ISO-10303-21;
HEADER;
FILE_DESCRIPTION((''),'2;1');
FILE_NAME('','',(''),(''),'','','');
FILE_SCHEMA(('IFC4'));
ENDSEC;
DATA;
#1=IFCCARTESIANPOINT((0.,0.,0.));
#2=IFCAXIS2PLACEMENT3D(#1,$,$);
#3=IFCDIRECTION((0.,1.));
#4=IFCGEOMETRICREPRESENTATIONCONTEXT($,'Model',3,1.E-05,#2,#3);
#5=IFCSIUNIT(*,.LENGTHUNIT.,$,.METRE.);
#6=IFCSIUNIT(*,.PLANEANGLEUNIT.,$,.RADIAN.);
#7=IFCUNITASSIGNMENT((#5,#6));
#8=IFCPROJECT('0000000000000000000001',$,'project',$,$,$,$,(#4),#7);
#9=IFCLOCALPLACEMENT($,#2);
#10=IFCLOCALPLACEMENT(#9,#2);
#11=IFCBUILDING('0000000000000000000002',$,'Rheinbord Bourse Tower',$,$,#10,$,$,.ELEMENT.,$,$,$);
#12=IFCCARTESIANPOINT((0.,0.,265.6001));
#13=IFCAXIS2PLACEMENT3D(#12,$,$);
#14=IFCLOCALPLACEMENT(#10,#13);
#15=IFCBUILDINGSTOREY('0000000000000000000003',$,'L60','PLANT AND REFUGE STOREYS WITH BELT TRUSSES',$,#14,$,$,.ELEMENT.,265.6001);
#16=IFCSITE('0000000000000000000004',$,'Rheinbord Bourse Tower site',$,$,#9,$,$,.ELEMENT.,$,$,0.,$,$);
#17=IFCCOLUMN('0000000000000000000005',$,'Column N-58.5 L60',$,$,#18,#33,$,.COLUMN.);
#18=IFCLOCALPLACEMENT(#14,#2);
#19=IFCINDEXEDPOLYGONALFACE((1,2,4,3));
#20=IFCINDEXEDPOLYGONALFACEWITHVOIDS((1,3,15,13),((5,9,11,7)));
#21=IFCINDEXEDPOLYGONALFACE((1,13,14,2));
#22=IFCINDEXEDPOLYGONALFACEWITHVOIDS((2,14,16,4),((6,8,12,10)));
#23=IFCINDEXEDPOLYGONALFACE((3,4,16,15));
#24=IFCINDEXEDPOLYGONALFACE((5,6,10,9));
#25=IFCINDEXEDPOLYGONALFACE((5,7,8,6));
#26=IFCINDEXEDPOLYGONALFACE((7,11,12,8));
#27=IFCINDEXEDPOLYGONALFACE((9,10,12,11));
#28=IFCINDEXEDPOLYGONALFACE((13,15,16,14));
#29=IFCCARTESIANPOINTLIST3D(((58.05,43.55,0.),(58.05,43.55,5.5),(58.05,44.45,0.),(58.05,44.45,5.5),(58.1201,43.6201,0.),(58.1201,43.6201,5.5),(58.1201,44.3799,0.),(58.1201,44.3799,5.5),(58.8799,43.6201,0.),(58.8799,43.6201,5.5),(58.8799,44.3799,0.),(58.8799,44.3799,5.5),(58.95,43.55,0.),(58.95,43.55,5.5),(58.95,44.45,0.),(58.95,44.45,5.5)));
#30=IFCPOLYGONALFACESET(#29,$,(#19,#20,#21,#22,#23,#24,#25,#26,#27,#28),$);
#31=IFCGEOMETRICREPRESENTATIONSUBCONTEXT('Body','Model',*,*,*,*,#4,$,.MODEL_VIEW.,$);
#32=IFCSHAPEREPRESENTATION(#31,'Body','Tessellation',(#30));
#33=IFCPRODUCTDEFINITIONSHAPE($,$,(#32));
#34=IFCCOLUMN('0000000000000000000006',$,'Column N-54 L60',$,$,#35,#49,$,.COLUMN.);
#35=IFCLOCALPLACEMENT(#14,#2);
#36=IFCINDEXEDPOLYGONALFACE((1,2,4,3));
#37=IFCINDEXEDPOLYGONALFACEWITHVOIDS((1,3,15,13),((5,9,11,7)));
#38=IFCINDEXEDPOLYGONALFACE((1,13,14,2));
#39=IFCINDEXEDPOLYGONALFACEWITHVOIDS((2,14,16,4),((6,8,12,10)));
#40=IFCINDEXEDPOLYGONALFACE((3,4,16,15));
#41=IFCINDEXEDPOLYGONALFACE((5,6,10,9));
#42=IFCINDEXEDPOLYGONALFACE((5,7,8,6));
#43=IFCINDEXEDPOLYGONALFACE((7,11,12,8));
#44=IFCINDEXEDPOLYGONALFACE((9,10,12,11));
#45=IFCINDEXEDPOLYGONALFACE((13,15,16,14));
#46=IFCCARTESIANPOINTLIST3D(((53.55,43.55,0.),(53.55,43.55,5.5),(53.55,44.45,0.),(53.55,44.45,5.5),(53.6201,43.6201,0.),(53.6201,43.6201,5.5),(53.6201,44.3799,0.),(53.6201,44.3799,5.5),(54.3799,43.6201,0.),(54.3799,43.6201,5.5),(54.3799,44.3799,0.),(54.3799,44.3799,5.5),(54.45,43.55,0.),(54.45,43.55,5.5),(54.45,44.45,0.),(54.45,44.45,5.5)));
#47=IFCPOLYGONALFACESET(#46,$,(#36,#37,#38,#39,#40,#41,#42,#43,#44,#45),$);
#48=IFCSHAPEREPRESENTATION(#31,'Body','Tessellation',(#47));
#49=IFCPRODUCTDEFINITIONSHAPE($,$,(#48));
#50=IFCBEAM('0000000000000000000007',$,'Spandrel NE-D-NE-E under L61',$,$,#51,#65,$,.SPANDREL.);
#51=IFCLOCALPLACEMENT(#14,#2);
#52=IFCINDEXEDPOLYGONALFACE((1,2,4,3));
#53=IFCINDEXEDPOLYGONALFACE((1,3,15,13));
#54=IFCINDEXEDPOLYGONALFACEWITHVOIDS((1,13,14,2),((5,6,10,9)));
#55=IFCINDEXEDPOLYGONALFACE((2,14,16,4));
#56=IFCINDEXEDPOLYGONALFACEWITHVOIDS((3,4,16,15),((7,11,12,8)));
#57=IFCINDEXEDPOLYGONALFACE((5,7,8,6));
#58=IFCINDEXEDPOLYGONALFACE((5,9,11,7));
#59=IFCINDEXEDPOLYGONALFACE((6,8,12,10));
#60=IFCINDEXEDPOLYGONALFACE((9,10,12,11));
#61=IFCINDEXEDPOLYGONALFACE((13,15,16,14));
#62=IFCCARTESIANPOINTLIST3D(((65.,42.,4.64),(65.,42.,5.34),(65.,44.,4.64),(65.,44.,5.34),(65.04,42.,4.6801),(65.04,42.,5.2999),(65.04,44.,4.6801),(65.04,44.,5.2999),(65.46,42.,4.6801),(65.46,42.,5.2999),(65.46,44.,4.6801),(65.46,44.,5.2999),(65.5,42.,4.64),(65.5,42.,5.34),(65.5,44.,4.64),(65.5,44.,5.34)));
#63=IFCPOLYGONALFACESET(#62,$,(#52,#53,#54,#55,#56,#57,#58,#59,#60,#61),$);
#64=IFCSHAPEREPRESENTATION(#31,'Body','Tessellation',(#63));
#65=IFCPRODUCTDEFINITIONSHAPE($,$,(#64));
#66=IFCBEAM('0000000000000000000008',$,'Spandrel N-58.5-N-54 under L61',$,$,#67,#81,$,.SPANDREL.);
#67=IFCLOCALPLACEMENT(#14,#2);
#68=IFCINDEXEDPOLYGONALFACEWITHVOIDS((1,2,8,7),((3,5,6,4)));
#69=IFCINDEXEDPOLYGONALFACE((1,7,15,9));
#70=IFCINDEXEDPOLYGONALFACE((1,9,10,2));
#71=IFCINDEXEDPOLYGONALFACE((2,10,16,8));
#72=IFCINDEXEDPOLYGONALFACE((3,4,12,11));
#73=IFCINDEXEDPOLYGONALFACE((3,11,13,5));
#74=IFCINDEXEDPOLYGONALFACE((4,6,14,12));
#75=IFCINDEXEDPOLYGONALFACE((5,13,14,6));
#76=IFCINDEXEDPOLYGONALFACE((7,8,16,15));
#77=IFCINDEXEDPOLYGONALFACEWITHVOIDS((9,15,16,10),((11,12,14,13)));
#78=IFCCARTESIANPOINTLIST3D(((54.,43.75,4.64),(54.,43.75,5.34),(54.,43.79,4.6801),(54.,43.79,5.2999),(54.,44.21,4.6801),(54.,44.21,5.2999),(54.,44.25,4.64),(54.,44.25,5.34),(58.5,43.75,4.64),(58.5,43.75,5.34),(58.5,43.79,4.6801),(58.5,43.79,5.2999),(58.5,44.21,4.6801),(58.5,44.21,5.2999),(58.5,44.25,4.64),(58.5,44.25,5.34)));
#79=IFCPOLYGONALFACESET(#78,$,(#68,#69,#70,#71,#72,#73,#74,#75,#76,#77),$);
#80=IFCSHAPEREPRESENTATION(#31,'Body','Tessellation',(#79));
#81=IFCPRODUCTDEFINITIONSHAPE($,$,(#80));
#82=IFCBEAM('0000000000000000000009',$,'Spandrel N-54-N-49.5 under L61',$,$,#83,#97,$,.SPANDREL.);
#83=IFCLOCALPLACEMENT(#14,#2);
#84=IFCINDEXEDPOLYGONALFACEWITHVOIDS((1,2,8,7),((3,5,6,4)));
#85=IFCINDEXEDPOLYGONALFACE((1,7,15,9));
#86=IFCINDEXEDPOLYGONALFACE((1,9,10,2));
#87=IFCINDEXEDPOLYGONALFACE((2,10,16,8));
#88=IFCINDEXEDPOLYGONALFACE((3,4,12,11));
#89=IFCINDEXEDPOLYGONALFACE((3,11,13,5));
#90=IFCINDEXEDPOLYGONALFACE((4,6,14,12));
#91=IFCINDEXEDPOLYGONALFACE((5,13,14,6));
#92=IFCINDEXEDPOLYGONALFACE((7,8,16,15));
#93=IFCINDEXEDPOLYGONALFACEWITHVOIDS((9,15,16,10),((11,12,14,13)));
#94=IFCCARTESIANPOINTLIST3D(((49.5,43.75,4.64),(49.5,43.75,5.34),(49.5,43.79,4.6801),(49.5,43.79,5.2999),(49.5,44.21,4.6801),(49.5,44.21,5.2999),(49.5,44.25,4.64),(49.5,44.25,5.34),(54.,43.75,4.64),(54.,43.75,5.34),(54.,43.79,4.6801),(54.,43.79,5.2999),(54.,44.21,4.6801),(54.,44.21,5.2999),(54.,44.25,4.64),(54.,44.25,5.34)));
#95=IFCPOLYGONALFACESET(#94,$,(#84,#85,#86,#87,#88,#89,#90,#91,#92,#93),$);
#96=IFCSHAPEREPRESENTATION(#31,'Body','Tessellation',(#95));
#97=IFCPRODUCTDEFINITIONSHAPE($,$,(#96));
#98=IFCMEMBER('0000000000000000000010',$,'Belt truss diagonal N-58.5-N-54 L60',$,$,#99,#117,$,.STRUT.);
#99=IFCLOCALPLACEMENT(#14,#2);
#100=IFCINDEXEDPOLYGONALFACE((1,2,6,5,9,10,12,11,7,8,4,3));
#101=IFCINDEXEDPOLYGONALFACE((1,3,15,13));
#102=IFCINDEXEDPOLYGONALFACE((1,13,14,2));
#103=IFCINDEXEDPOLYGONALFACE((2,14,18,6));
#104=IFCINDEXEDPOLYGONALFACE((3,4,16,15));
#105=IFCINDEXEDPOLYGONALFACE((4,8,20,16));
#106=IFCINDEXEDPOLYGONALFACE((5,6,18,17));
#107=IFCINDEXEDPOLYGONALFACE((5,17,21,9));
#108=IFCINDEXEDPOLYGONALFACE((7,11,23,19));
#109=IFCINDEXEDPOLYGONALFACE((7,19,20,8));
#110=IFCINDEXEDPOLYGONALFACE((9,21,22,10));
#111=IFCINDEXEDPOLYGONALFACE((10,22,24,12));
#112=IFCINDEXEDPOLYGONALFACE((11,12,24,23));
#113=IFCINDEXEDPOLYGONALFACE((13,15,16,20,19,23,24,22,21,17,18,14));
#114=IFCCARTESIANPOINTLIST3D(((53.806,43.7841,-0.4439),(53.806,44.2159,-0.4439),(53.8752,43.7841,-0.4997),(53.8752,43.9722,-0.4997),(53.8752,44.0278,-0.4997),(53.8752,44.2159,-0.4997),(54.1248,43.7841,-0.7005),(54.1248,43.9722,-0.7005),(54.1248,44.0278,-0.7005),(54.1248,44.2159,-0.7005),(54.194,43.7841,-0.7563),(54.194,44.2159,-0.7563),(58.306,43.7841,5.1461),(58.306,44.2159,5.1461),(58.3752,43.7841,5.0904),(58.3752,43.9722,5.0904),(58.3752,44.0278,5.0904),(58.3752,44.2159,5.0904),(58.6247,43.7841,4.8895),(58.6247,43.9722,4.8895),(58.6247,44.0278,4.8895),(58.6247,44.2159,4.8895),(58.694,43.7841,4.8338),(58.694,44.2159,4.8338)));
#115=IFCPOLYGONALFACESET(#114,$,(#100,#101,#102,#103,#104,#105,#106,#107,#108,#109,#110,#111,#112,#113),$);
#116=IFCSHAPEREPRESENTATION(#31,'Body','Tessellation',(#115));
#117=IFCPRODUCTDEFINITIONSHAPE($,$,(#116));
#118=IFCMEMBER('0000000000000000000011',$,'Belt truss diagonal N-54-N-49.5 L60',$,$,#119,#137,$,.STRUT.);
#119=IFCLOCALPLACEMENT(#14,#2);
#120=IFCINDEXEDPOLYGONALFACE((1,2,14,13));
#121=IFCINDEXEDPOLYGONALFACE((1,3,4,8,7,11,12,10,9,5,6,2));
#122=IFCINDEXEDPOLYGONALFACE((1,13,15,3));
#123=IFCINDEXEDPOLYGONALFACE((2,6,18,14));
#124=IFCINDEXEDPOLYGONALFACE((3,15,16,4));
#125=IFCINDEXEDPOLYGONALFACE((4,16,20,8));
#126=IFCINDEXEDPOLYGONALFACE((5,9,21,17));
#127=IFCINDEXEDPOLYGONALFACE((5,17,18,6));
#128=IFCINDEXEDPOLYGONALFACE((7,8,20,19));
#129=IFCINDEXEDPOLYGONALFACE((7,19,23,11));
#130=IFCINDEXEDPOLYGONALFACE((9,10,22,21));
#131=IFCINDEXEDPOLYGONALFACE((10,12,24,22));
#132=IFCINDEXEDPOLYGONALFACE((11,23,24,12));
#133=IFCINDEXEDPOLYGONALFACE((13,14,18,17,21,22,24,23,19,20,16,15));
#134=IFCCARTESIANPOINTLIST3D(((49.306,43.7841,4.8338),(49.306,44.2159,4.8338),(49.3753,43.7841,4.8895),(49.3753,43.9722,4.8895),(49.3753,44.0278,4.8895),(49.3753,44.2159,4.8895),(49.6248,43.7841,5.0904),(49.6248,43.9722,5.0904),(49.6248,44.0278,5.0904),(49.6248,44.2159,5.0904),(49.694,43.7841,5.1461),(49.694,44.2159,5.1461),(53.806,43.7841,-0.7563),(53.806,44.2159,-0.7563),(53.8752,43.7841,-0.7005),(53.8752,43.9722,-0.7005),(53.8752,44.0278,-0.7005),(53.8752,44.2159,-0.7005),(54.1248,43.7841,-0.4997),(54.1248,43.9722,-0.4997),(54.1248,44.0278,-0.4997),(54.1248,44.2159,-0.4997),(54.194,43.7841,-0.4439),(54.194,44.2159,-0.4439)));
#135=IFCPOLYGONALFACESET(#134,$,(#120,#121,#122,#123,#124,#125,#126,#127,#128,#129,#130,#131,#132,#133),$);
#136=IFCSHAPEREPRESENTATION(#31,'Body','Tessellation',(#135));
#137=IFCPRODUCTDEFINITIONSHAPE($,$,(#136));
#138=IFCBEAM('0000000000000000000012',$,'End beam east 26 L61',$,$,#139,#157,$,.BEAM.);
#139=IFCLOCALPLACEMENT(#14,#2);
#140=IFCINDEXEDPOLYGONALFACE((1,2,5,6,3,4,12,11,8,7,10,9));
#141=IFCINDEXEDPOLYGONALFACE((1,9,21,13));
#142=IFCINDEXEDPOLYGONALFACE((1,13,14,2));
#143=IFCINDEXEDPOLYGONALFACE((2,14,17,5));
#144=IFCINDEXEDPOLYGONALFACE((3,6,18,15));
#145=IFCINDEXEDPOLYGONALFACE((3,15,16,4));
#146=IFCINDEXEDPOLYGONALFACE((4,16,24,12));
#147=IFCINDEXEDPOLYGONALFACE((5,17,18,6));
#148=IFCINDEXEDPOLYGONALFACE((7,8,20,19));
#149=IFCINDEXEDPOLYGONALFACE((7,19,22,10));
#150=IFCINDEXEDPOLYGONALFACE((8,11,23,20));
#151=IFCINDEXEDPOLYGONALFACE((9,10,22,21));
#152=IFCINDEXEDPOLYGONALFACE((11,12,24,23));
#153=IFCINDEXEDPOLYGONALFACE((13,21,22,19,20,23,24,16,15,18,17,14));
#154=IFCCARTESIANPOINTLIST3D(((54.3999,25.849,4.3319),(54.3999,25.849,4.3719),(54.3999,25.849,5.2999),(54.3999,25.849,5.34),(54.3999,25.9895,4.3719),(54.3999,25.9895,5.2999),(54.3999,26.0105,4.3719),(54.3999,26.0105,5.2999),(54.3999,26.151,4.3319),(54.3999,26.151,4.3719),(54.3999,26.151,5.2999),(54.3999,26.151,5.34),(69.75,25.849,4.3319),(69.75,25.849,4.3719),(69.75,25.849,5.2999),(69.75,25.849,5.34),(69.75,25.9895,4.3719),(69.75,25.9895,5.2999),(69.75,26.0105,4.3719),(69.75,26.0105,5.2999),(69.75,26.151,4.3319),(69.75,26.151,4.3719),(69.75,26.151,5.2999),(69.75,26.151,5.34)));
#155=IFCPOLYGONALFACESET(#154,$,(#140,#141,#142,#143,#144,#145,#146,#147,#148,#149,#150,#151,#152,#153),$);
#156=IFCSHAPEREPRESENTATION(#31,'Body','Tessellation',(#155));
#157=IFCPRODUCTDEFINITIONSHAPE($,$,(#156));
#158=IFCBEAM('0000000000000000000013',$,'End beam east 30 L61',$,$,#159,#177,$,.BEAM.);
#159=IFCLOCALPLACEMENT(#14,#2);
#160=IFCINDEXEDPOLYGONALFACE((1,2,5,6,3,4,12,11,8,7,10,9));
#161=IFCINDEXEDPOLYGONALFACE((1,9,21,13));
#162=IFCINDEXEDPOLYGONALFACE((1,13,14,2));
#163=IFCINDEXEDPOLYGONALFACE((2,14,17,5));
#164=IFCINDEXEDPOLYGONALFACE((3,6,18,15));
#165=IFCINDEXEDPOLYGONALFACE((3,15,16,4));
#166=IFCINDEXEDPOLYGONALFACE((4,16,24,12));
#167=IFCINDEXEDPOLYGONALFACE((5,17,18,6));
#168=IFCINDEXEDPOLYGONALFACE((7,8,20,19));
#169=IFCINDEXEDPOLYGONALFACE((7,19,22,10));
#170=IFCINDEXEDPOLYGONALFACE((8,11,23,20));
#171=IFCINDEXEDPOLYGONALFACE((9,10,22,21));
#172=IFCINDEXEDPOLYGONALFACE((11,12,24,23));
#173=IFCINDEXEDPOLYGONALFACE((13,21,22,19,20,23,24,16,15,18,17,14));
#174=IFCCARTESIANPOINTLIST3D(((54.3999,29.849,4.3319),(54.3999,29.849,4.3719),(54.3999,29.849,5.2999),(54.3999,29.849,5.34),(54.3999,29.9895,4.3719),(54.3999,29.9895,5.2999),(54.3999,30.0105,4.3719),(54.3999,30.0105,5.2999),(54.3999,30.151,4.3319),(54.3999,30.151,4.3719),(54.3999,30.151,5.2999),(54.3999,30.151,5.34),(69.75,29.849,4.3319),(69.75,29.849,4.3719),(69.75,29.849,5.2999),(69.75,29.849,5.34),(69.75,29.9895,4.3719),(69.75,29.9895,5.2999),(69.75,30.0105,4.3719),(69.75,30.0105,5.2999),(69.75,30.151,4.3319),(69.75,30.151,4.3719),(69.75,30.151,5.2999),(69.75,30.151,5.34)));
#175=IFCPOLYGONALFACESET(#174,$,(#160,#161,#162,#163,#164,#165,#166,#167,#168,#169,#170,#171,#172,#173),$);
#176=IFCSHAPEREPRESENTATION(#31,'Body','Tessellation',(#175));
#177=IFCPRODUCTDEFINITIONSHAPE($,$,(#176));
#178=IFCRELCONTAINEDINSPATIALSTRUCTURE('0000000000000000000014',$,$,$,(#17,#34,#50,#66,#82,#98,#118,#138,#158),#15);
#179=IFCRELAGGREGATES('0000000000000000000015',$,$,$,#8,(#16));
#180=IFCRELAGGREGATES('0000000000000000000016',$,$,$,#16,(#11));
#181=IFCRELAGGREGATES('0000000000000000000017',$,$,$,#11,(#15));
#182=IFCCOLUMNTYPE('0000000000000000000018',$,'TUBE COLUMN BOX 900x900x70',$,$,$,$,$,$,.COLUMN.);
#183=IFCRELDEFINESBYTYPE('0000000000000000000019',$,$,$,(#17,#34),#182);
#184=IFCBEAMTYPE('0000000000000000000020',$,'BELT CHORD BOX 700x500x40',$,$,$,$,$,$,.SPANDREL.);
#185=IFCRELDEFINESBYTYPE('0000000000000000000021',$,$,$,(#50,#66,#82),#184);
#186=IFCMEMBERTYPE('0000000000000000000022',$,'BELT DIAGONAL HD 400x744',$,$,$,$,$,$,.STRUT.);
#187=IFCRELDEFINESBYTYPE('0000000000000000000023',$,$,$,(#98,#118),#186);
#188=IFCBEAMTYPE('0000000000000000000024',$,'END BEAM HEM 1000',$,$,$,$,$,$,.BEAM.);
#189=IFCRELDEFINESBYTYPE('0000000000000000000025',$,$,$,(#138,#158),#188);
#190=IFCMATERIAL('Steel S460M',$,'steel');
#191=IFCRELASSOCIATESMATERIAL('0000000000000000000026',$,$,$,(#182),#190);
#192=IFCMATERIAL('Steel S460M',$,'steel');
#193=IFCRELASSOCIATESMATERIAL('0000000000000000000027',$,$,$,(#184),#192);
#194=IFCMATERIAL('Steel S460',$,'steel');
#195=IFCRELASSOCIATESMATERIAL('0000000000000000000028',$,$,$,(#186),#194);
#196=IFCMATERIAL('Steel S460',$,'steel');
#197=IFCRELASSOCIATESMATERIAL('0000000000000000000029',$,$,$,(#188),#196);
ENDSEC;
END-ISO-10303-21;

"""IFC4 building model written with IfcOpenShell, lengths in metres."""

from ifc_helpers import new_model, si_unit, direction, frame, origin, origin_2d, place, context, subcontext, project, spatial, hollow_rectangle, i_section, extrude, material, material_profile, profile_set, type_object, element, save


model = new_model("IFC4")

# Units and contexts
model_context = context("Model", 3, precision=1e-05, world=origin(), true_north=direction((0.0, 1.0)))
body_context = subcontext(model_context, "Body", "Model", "MODEL_VIEW")
ifc_project = project(units=[si_unit("LENGTHUNIT", "METRE"), si_unit("PLANEANGLEUNIT", "RADIAN")], contexts=[model_context])

# Site, building, storey
site_placement = place(None, origin())
site = spatial("IfcSite", under=ifc_project, at=site_placement, Name="Rheinbord Bourse Tower site", CompositionType="ELEMENT", RefElevation=0.0)
building_placement = place(site_placement, origin())
building = spatial("IfcBuilding", under=site, at=building_placement, Name="Rheinbord Bourse Tower", CompositionType="ELEMENT")
storey_placement = place(building_placement, frame((0.0, 0.0, 265.6001)))
storey = spatial("IfcBuildingStorey", under=building, at=storey_placement, Name="L60", Description="PLANT AND REFUGE STOREYS WITH BELT TRUSSES", CompositionType="ELEMENT", Elevation=265.6001)

# Columns
ifc_material_1 = material(Name="Steel S460M", Category="steel")
ifc_material_profile_1 = material_profile(ifc_material_1, hollow_rectangle(XDim=0.8999, YDim=0.8999, WallThickness=0.0701, at=origin_2d()), Name="BOX 900x900x70")
ifc_profile_set_1 = profile_set([ifc_material_profile_1], Name="Steel S460M")
column_type = type_object("IfcColumnType", Name="TUBE COLUMN BOX 900x900x70", PredefinedType="COLUMN", material=ifc_profile_set_1)
for number, where, z_axis, x_axis, name in (
    (1, (58.5, 44.0, 0.0), (0.0, 0.0, 1.0), (0.0, 1.0, 0.0), "Column N-58.5 L60"),
    (2, (54.0, 44.0, 0.0), (0.0, 0.0, 1.0), (0.0, 1.0, 0.0), "Column N-54 L60"),
):
    element("IfcColumn", number, at=place(storey_placement, frame(where, z_axis=z_axis, x_axis=x_axis)), inside=storey, type_object=column_type, Name=name, PredefinedType="COLUMN", context=body_context, shape_type="SweptSolid", body=[
        extrude(hollow_rectangle(XDim=0.8999, YDim=0.8999, WallThickness=0.0701, at=origin_2d()), origin(), (0.0, 0.0, 1.0), 5.5),
    ])

# Beams
ifc_material_2 = material(Name="Steel S460M", Category="steel")
ifc_material_profile_2 = material_profile(ifc_material_2, hollow_rectangle(XDim=0.5, YDim=0.7, WallThickness=0.04, at=origin_2d()), Name="BOX 700x500x40")
ifc_profile_set_2 = profile_set([ifc_material_profile_2], Name="Steel S460M")
beam_type_1 = type_object("IfcBeamType", Name="BELT CHORD BOX 700x500x40", PredefinedType="SPANDREL", material=ifc_profile_set_2)
beam_1_placement = place(storey_placement, frame((65.25, 42.0, 4.99), z_axis=(0.0, 1.0, 0.0), x_axis=(-1.0, 0.0, 0.0)))
element("IfcBeam", 3, at=beam_1_placement, inside=storey, type_object=beam_type_1, Name="Spandrel NE-D-NE-E under L61", PredefinedType="SPANDREL", context=body_context, shape_type="SweptSolid", body=[
    extrude(hollow_rectangle(XDim=0.5, YDim=0.7, WallThickness=0.04, at=origin_2d()), origin(), (0.0, 0.0, 1.0), 2.0),
])
for number, where, z_axis, x_axis, name in (
    (4, (58.5, 44.0, 4.99), (-1.0, 0.0, 0.0), (0.0, -1.0, 0.0), "Spandrel N-58.5-N-54 under L61"),
    (5, (54.0, 44.0, 4.99), (-1.0, 0.0, 0.0), (0.0, -1.0, 0.0), "Spandrel N-54-N-49.5 under L61"),
):
    element("IfcBeam", number, at=place(storey_placement, frame(where, z_axis=z_axis, x_axis=x_axis)), inside=storey, type_object=beam_type_1, Name=name, PredefinedType="SPANDREL", context=body_context, shape_type="SweptSolid", body=[
        extrude(hollow_rectangle(XDim=0.5, YDim=0.7, WallThickness=0.04, at=origin_2d()), origin(), (0.0, 0.0, 1.0), 4.5),
    ])

# Members
ifc_material_3 = material(Name="Steel S460", Category="steel")
ifc_material_profile_3 = material_profile(ifc_material_3, i_section(OverallWidth=0.4319, OverallDepth=0.498, WebThickness=0.0557, FlangeThickness=0.0889, at=origin_2d()), Name="HD 400x744")
ifc_profile_set_3 = profile_set([ifc_material_profile_3], Name="Steel S460")
member_type_1 = type_object("IfcMemberType", Name="BELT DIAGONAL HD 400x744", PredefinedType="STRUT", material=ifc_profile_set_3)
for number, where, z_axis, x_axis, name in (
    (6, (54.0, 44.0, -0.6001), (0.627065, 0.0, 0.778967), (0.0, 1.0, 0.0), "Belt truss diagonal N-58.5-N-54 L60"),
    (7, (54.0, 44.0, -0.6001), (-0.627065, 0.0, 0.778967), (0.0, -1.0, 0.0), "Belt truss diagonal N-54-N-49.5 L60"),
):
    element("IfcMember", number, at=place(storey_placement, frame(where, z_axis=z_axis, x_axis=x_axis)), inside=storey, type_object=member_type_1, Name=name, PredefinedType="STRUT", context=body_context, shape_type="SweptSolid", body=[
        extrude(i_section(OverallWidth=0.4319, OverallDepth=0.498, WebThickness=0.0557, FlangeThickness=0.0889, at=origin_2d()), origin(), (0.0, 0.0, 1.0), 7.1763),
    ])

# Beams
ifc_material_4 = material(Name="Steel S460", Category="steel")
ifc_material_profile_4 = material_profile(ifc_material_4, i_section(OverallWidth=0.302, OverallDepth=1.0081, WebThickness=0.021, FlangeThickness=0.04, at=origin_2d()), Name="HEM 1000")
ifc_profile_set_4 = profile_set([ifc_material_profile_4], Name="Steel S460")
beam_type_2 = type_object("IfcBeamType", Name="END BEAM HEM 1000", PredefinedType="BEAM", material=ifc_profile_set_4)
for number, where, z_axis, x_axis, name in (
    (8, (54.3999, 26.0, 4.8359), (1.0, 0.0, 0.0), (0.0, 1.0, 0.0), "End beam east 26 L61"),
    (9, (54.3999, 30.0, 4.8359), (1.0, 0.0, 0.0), (0.0, 1.0, 0.0), "End beam east 30 L61"),
):
    element("IfcBeam", number, at=place(storey_placement, frame(where, z_axis=z_axis, x_axis=x_axis)), inside=storey, type_object=beam_type_2, Name=name, PredefinedType="BEAM", context=body_context, shape_type="SweptSolid", body=[
        extrude(i_section(OverallWidth=0.302, OverallDepth=1.0081, WebThickness=0.021, FlangeThickness=0.04, at=origin_2d()), origin(), (0.0, 0.0, 1.0), 15.3501),
    ])

save(model, "model.ifc")
